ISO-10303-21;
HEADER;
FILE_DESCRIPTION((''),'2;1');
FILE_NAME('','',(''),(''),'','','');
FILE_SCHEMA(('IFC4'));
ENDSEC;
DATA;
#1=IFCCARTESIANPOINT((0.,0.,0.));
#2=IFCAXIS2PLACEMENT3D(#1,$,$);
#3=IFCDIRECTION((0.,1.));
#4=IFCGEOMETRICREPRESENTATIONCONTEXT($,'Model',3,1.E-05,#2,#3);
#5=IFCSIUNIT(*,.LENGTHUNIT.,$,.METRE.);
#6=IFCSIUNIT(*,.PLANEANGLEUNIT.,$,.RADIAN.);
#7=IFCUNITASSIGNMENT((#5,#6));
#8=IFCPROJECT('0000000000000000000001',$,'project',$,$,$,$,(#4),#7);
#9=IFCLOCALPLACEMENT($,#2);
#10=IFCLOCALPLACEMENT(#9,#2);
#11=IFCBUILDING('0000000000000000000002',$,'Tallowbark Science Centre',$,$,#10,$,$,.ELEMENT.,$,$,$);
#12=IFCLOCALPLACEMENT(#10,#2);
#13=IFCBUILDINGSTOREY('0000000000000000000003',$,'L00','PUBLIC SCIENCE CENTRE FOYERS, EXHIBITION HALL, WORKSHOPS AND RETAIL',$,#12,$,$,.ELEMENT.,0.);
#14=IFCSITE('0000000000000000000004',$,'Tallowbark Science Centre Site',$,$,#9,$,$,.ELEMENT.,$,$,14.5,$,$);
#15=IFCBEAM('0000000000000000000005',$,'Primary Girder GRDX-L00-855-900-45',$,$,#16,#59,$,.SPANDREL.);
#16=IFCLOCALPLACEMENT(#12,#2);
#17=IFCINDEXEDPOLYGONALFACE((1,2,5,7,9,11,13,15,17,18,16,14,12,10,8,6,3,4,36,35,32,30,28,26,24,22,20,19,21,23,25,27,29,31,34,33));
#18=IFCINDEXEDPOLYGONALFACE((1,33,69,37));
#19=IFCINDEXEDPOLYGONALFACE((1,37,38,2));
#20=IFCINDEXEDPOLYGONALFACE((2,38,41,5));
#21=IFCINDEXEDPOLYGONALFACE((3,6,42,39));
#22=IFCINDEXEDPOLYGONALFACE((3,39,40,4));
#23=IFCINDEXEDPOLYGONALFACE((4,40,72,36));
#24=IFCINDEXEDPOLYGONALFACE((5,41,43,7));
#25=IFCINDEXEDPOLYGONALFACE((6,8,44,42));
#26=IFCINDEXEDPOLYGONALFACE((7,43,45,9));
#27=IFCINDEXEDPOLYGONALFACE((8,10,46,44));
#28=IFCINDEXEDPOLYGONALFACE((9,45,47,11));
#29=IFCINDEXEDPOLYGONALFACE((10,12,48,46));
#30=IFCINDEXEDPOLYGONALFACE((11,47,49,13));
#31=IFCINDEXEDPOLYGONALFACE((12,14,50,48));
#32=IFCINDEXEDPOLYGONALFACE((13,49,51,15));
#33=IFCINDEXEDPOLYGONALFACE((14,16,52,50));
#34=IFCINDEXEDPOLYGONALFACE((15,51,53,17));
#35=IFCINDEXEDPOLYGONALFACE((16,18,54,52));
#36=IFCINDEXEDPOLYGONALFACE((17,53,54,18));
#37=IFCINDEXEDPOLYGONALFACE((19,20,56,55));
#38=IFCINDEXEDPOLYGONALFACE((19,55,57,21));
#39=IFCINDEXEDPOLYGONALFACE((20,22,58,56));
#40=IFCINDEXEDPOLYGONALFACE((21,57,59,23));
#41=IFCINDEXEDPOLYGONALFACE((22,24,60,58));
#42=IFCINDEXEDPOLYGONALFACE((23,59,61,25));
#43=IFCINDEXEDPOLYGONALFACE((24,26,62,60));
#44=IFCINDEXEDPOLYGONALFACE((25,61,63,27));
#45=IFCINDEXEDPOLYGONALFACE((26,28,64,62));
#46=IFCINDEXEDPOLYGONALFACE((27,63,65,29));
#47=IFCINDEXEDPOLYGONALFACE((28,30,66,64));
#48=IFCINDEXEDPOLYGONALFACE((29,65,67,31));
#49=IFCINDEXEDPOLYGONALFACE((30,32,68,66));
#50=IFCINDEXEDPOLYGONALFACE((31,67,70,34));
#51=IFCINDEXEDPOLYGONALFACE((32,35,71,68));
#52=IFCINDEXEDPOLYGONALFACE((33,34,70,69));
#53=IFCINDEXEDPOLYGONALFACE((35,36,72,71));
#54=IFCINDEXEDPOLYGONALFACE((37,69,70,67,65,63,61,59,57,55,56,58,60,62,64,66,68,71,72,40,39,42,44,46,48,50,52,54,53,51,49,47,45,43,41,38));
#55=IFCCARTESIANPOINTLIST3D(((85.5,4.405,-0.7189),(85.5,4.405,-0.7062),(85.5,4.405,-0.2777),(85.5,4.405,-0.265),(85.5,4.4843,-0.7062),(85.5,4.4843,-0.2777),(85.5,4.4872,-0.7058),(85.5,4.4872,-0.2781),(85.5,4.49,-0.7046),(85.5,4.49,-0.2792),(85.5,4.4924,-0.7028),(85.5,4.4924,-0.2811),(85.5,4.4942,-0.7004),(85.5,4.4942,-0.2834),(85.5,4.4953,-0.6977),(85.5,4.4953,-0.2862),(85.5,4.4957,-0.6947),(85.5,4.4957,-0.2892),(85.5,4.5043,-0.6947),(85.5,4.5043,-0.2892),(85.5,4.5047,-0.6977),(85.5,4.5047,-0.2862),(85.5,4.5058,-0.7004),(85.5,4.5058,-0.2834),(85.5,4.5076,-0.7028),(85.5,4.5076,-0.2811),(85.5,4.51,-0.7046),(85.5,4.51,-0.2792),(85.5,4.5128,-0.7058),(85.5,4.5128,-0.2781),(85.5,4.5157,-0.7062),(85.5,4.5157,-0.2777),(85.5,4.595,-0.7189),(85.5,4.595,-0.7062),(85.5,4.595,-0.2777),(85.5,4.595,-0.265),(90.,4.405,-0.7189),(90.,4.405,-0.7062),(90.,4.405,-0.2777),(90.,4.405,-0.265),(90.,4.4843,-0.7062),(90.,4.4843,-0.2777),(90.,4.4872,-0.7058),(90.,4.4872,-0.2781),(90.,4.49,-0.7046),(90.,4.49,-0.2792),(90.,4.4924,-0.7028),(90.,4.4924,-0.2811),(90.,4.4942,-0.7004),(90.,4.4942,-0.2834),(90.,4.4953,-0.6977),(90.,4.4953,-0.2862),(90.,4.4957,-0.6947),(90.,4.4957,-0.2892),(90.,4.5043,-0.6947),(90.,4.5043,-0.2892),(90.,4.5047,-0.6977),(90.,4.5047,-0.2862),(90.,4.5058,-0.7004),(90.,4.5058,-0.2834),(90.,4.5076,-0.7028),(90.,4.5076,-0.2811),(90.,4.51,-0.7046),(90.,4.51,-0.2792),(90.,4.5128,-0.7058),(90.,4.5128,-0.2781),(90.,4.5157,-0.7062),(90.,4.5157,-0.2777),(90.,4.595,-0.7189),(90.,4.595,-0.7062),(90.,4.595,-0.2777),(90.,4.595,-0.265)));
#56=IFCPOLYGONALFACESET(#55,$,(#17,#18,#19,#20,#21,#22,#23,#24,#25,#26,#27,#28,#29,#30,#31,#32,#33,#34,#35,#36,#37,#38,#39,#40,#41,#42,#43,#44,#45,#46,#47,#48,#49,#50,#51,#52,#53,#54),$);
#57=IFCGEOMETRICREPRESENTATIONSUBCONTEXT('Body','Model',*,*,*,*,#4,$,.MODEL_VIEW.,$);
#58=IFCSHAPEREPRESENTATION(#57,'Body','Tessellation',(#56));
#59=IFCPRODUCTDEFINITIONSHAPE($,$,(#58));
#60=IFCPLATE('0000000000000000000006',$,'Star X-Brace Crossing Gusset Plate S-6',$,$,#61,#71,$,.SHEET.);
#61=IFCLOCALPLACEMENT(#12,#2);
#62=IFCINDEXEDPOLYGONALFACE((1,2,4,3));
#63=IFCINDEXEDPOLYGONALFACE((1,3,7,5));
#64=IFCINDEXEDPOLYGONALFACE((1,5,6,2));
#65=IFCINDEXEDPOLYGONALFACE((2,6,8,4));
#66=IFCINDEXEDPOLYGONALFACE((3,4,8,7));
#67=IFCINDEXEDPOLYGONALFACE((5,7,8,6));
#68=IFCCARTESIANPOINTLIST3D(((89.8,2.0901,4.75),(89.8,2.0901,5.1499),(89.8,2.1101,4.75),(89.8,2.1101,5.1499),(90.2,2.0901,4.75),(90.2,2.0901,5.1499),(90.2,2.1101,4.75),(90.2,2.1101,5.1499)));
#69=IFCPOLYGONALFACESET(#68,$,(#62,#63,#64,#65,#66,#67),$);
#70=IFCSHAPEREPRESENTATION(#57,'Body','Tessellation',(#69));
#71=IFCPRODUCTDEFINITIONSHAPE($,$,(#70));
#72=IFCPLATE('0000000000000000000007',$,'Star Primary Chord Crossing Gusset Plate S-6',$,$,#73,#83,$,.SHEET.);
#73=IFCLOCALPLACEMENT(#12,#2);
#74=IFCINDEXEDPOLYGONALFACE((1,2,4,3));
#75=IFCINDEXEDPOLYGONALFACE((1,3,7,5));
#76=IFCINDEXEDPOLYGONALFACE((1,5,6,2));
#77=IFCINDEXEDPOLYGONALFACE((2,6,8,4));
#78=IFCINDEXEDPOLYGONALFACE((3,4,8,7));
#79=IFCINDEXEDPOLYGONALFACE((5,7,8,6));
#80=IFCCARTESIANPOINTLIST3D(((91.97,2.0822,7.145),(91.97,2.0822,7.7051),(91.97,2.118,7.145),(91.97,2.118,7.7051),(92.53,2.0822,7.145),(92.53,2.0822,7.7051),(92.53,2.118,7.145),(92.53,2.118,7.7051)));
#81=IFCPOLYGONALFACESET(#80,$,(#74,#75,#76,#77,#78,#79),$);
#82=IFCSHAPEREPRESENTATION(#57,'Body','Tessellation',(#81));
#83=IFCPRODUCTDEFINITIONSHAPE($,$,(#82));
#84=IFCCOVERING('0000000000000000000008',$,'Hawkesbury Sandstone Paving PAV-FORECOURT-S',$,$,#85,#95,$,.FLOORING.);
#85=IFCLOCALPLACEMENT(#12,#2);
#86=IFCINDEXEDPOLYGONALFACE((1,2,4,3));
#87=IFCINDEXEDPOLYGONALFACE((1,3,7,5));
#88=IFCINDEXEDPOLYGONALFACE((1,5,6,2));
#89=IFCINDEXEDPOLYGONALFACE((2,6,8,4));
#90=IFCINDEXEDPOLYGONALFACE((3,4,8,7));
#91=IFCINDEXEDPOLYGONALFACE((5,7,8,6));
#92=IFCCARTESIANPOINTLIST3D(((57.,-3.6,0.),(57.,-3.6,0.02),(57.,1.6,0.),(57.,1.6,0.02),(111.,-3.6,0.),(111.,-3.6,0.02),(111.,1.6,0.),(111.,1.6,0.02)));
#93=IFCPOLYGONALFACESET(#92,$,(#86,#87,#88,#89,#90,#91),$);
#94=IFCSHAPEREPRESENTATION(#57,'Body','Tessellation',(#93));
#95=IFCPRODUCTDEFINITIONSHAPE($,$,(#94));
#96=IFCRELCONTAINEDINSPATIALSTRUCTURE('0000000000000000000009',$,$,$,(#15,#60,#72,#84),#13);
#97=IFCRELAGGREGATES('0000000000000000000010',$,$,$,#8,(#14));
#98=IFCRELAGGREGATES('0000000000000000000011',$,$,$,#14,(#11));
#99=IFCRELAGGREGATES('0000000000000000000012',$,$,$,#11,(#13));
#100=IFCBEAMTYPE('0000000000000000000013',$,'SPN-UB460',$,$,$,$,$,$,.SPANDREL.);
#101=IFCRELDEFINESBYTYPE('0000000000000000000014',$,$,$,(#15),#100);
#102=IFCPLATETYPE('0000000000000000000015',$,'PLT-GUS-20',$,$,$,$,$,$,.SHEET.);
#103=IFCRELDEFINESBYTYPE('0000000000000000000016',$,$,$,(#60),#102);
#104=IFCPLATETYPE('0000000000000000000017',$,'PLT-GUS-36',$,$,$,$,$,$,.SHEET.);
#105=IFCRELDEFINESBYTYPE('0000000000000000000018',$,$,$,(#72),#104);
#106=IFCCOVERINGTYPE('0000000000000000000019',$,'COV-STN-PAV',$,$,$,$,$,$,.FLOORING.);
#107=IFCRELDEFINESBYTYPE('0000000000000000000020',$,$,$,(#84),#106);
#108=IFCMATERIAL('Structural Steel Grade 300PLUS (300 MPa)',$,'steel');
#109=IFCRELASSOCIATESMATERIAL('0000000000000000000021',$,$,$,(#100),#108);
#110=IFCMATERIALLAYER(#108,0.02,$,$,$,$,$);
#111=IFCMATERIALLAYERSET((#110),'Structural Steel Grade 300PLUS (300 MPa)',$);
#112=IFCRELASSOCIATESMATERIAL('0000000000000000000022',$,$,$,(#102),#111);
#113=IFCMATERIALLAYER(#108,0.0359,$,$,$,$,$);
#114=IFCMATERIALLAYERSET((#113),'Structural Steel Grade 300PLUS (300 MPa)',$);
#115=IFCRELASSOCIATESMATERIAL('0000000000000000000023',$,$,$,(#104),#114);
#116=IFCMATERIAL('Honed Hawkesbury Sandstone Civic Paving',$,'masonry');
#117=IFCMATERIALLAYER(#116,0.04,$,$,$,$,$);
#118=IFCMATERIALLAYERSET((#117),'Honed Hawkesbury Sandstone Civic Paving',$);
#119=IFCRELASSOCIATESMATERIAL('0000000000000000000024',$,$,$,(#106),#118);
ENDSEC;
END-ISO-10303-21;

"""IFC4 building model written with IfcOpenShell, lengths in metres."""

from ifc_helpers import new_model, si_unit, direction, frame, origin, origin_2d, place, context, subcontext, project, spatial, rectangle, i_section, extrude, material, layer, layer_set, material_profile, profile_set, type_object, element, save


model = new_model("IFC4")

# Units and contexts
model_context = context("Model", 3, precision=1e-05, world=origin(), true_north=direction((0.0, 1.0)))
body_context = subcontext(model_context, "Body", "Model", "MODEL_VIEW")
ifc_project = project(units=[si_unit("LENGTHUNIT", "METRE"), si_unit("PLANEANGLEUNIT", "RADIAN")], contexts=[model_context])

# Site, building, storey
site_placement = place(None, origin())
site = spatial("IfcSite", under=ifc_project, at=site_placement, Name="Tallowbark Science Centre Site", CompositionType="ELEMENT", RefElevation=14.5)
building_placement = place(site_placement, origin())
building = spatial("IfcBuilding", under=site, at=building_placement, Name="Tallowbark Science Centre", CompositionType="ELEMENT")
storey_placement = place(building_placement, origin())
storey = spatial("IfcBuildingStorey", under=building, at=storey_placement, Name="L00", Description="PUBLIC SCIENCE CENTRE FOYERS, EXHIBITION HALL, WORKSHOPS AND RETAIL", CompositionType="ELEMENT", Elevation=0.0)

# Shared definitions
ifc_material_1 = material(Name="Structural Steel Grade 300PLUS (300 MPa)", Category="steel")

# Beam
ifc_material_profile_1 = material_profile(ifc_material_1, i_section(OverallWidth=0.1899, OverallDepth=0.4539, WebThickness=0.0085, FlangeThickness=0.0127, FilletRadius=0.0115, at=origin_2d()), Name="460UB67.1")
ifc_profile_set_1 = profile_set([ifc_material_profile_1], Name="Structural Steel Grade 300PLUS (300 MPa)")
beam_type_1 = type_object("IfcBeamType", Name="SPN-UB460", PredefinedType="SPANDREL", material=ifc_profile_set_1)
for number, where, z_axis, x_axis, name in (
    (1, (85.5, 4.5, -0.4919), (1.0, 0.0, 0.0), (0.0, 1.0, 0.0), "Primary Girder GRDX-L00-855-900-45"),
):
    element("IfcBeam", number, at=place(storey_placement, frame(where, z_axis=z_axis, x_axis=x_axis)), inside=storey, type_object=beam_type_1, Name=name, PredefinedType="SPANDREL", context=body_context, shape_type="SweptSolid", body=[
        extrude(i_section(OverallWidth=0.1899, OverallDepth=0.4539, WebThickness=0.0085, FlangeThickness=0.0127, FilletRadius=0.0115, at=origin_2d()), origin(), (0.0, 0.0, 1.0), 4.5),
    ])

# Plates
ifc_layer_1 = layer(ifc_material_1, 0.02)
ifc_layer_set_1 = layer_set([ifc_layer_1], Name="Structural Steel Grade 300PLUS (300 MPa)")
plate_type_1 = type_object("IfcPlateType", Name="PLT-GUS-20", PredefinedType="SHEET", material=ifc_layer_set_1)
plate_1_placement = place(storey_placement, frame((90.0, 2.1001, 4.75), z_axis=(0.0, 0.0, 1.0), x_axis=(1.0, 0.0, 0.0)))
element("IfcPlate", 2, at=plate_1_placement, inside=storey, type_object=plate_type_1, Name="Star X-Brace Crossing Gusset Plate S-6", PredefinedType="SHEET", context=body_context, shape_type="SweptSolid", body=[
    extrude(rectangle(XDim=0.3999, YDim=0.02, at=origin_2d()), origin(), (0.0, 0.0, 1.0), 0.3999),
])
ifc_layer_2 = layer(ifc_material_1, 0.0359)
ifc_layer_set_2 = layer_set([ifc_layer_2], Name="Structural Steel Grade 300PLUS (300 MPa)")
plate_type_2 = type_object("IfcPlateType", Name="PLT-GUS-36", PredefinedType="SHEET", material=ifc_layer_set_2)
plate_2_placement = place(storey_placement, frame((92.25, 2.1001, 7.145), z_axis=(0.0, 0.0, 1.0), x_axis=(1.0, 0.0, 0.0)))
element("IfcPlate", 3, at=plate_2_placement, inside=storey, type_object=plate_type_2, Name="Star Primary Chord Crossing Gusset Plate S-6", PredefinedType="SHEET", context=body_context, shape_type="SweptSolid", body=[
    extrude(rectangle(XDim=0.5601, YDim=0.0359, at=origin_2d()), origin(), (0.0, 0.0, 1.0), 0.5601),
])

# Covering
ifc_material_2 = material(Name="Honed Hawkesbury Sandstone Civic Paving", Category="masonry")
ifc_layer_3 = layer(ifc_material_2, 0.04)
ifc_layer_set_3 = layer_set([ifc_layer_3], Name="Honed Hawkesbury Sandstone Civic Paving")
covering_type = type_object("IfcCoveringType", Name="COV-STN-PAV", PredefinedType="FLOORING", material=ifc_layer_set_3)
covering_placement = place(storey_placement, frame((84.0, -1.0, 0.0), z_axis=(0.0, 0.0, 1.0), x_axis=(1.0, 0.0, 0.0)))
element("IfcCovering", 4, at=covering_placement, inside=storey, type_object=covering_type, Name="Hawkesbury Sandstone Paving PAV-FORECOURT-S", PredefinedType="FLOORING", context=body_context, shape_type="SweptSolid", body=[
    extrude(rectangle(XDim=54.0, YDim=5.2, at=origin_2d()), origin(), (0.0, 0.0, 1.0), 0.02),
])

save(model, "model.ifc")
